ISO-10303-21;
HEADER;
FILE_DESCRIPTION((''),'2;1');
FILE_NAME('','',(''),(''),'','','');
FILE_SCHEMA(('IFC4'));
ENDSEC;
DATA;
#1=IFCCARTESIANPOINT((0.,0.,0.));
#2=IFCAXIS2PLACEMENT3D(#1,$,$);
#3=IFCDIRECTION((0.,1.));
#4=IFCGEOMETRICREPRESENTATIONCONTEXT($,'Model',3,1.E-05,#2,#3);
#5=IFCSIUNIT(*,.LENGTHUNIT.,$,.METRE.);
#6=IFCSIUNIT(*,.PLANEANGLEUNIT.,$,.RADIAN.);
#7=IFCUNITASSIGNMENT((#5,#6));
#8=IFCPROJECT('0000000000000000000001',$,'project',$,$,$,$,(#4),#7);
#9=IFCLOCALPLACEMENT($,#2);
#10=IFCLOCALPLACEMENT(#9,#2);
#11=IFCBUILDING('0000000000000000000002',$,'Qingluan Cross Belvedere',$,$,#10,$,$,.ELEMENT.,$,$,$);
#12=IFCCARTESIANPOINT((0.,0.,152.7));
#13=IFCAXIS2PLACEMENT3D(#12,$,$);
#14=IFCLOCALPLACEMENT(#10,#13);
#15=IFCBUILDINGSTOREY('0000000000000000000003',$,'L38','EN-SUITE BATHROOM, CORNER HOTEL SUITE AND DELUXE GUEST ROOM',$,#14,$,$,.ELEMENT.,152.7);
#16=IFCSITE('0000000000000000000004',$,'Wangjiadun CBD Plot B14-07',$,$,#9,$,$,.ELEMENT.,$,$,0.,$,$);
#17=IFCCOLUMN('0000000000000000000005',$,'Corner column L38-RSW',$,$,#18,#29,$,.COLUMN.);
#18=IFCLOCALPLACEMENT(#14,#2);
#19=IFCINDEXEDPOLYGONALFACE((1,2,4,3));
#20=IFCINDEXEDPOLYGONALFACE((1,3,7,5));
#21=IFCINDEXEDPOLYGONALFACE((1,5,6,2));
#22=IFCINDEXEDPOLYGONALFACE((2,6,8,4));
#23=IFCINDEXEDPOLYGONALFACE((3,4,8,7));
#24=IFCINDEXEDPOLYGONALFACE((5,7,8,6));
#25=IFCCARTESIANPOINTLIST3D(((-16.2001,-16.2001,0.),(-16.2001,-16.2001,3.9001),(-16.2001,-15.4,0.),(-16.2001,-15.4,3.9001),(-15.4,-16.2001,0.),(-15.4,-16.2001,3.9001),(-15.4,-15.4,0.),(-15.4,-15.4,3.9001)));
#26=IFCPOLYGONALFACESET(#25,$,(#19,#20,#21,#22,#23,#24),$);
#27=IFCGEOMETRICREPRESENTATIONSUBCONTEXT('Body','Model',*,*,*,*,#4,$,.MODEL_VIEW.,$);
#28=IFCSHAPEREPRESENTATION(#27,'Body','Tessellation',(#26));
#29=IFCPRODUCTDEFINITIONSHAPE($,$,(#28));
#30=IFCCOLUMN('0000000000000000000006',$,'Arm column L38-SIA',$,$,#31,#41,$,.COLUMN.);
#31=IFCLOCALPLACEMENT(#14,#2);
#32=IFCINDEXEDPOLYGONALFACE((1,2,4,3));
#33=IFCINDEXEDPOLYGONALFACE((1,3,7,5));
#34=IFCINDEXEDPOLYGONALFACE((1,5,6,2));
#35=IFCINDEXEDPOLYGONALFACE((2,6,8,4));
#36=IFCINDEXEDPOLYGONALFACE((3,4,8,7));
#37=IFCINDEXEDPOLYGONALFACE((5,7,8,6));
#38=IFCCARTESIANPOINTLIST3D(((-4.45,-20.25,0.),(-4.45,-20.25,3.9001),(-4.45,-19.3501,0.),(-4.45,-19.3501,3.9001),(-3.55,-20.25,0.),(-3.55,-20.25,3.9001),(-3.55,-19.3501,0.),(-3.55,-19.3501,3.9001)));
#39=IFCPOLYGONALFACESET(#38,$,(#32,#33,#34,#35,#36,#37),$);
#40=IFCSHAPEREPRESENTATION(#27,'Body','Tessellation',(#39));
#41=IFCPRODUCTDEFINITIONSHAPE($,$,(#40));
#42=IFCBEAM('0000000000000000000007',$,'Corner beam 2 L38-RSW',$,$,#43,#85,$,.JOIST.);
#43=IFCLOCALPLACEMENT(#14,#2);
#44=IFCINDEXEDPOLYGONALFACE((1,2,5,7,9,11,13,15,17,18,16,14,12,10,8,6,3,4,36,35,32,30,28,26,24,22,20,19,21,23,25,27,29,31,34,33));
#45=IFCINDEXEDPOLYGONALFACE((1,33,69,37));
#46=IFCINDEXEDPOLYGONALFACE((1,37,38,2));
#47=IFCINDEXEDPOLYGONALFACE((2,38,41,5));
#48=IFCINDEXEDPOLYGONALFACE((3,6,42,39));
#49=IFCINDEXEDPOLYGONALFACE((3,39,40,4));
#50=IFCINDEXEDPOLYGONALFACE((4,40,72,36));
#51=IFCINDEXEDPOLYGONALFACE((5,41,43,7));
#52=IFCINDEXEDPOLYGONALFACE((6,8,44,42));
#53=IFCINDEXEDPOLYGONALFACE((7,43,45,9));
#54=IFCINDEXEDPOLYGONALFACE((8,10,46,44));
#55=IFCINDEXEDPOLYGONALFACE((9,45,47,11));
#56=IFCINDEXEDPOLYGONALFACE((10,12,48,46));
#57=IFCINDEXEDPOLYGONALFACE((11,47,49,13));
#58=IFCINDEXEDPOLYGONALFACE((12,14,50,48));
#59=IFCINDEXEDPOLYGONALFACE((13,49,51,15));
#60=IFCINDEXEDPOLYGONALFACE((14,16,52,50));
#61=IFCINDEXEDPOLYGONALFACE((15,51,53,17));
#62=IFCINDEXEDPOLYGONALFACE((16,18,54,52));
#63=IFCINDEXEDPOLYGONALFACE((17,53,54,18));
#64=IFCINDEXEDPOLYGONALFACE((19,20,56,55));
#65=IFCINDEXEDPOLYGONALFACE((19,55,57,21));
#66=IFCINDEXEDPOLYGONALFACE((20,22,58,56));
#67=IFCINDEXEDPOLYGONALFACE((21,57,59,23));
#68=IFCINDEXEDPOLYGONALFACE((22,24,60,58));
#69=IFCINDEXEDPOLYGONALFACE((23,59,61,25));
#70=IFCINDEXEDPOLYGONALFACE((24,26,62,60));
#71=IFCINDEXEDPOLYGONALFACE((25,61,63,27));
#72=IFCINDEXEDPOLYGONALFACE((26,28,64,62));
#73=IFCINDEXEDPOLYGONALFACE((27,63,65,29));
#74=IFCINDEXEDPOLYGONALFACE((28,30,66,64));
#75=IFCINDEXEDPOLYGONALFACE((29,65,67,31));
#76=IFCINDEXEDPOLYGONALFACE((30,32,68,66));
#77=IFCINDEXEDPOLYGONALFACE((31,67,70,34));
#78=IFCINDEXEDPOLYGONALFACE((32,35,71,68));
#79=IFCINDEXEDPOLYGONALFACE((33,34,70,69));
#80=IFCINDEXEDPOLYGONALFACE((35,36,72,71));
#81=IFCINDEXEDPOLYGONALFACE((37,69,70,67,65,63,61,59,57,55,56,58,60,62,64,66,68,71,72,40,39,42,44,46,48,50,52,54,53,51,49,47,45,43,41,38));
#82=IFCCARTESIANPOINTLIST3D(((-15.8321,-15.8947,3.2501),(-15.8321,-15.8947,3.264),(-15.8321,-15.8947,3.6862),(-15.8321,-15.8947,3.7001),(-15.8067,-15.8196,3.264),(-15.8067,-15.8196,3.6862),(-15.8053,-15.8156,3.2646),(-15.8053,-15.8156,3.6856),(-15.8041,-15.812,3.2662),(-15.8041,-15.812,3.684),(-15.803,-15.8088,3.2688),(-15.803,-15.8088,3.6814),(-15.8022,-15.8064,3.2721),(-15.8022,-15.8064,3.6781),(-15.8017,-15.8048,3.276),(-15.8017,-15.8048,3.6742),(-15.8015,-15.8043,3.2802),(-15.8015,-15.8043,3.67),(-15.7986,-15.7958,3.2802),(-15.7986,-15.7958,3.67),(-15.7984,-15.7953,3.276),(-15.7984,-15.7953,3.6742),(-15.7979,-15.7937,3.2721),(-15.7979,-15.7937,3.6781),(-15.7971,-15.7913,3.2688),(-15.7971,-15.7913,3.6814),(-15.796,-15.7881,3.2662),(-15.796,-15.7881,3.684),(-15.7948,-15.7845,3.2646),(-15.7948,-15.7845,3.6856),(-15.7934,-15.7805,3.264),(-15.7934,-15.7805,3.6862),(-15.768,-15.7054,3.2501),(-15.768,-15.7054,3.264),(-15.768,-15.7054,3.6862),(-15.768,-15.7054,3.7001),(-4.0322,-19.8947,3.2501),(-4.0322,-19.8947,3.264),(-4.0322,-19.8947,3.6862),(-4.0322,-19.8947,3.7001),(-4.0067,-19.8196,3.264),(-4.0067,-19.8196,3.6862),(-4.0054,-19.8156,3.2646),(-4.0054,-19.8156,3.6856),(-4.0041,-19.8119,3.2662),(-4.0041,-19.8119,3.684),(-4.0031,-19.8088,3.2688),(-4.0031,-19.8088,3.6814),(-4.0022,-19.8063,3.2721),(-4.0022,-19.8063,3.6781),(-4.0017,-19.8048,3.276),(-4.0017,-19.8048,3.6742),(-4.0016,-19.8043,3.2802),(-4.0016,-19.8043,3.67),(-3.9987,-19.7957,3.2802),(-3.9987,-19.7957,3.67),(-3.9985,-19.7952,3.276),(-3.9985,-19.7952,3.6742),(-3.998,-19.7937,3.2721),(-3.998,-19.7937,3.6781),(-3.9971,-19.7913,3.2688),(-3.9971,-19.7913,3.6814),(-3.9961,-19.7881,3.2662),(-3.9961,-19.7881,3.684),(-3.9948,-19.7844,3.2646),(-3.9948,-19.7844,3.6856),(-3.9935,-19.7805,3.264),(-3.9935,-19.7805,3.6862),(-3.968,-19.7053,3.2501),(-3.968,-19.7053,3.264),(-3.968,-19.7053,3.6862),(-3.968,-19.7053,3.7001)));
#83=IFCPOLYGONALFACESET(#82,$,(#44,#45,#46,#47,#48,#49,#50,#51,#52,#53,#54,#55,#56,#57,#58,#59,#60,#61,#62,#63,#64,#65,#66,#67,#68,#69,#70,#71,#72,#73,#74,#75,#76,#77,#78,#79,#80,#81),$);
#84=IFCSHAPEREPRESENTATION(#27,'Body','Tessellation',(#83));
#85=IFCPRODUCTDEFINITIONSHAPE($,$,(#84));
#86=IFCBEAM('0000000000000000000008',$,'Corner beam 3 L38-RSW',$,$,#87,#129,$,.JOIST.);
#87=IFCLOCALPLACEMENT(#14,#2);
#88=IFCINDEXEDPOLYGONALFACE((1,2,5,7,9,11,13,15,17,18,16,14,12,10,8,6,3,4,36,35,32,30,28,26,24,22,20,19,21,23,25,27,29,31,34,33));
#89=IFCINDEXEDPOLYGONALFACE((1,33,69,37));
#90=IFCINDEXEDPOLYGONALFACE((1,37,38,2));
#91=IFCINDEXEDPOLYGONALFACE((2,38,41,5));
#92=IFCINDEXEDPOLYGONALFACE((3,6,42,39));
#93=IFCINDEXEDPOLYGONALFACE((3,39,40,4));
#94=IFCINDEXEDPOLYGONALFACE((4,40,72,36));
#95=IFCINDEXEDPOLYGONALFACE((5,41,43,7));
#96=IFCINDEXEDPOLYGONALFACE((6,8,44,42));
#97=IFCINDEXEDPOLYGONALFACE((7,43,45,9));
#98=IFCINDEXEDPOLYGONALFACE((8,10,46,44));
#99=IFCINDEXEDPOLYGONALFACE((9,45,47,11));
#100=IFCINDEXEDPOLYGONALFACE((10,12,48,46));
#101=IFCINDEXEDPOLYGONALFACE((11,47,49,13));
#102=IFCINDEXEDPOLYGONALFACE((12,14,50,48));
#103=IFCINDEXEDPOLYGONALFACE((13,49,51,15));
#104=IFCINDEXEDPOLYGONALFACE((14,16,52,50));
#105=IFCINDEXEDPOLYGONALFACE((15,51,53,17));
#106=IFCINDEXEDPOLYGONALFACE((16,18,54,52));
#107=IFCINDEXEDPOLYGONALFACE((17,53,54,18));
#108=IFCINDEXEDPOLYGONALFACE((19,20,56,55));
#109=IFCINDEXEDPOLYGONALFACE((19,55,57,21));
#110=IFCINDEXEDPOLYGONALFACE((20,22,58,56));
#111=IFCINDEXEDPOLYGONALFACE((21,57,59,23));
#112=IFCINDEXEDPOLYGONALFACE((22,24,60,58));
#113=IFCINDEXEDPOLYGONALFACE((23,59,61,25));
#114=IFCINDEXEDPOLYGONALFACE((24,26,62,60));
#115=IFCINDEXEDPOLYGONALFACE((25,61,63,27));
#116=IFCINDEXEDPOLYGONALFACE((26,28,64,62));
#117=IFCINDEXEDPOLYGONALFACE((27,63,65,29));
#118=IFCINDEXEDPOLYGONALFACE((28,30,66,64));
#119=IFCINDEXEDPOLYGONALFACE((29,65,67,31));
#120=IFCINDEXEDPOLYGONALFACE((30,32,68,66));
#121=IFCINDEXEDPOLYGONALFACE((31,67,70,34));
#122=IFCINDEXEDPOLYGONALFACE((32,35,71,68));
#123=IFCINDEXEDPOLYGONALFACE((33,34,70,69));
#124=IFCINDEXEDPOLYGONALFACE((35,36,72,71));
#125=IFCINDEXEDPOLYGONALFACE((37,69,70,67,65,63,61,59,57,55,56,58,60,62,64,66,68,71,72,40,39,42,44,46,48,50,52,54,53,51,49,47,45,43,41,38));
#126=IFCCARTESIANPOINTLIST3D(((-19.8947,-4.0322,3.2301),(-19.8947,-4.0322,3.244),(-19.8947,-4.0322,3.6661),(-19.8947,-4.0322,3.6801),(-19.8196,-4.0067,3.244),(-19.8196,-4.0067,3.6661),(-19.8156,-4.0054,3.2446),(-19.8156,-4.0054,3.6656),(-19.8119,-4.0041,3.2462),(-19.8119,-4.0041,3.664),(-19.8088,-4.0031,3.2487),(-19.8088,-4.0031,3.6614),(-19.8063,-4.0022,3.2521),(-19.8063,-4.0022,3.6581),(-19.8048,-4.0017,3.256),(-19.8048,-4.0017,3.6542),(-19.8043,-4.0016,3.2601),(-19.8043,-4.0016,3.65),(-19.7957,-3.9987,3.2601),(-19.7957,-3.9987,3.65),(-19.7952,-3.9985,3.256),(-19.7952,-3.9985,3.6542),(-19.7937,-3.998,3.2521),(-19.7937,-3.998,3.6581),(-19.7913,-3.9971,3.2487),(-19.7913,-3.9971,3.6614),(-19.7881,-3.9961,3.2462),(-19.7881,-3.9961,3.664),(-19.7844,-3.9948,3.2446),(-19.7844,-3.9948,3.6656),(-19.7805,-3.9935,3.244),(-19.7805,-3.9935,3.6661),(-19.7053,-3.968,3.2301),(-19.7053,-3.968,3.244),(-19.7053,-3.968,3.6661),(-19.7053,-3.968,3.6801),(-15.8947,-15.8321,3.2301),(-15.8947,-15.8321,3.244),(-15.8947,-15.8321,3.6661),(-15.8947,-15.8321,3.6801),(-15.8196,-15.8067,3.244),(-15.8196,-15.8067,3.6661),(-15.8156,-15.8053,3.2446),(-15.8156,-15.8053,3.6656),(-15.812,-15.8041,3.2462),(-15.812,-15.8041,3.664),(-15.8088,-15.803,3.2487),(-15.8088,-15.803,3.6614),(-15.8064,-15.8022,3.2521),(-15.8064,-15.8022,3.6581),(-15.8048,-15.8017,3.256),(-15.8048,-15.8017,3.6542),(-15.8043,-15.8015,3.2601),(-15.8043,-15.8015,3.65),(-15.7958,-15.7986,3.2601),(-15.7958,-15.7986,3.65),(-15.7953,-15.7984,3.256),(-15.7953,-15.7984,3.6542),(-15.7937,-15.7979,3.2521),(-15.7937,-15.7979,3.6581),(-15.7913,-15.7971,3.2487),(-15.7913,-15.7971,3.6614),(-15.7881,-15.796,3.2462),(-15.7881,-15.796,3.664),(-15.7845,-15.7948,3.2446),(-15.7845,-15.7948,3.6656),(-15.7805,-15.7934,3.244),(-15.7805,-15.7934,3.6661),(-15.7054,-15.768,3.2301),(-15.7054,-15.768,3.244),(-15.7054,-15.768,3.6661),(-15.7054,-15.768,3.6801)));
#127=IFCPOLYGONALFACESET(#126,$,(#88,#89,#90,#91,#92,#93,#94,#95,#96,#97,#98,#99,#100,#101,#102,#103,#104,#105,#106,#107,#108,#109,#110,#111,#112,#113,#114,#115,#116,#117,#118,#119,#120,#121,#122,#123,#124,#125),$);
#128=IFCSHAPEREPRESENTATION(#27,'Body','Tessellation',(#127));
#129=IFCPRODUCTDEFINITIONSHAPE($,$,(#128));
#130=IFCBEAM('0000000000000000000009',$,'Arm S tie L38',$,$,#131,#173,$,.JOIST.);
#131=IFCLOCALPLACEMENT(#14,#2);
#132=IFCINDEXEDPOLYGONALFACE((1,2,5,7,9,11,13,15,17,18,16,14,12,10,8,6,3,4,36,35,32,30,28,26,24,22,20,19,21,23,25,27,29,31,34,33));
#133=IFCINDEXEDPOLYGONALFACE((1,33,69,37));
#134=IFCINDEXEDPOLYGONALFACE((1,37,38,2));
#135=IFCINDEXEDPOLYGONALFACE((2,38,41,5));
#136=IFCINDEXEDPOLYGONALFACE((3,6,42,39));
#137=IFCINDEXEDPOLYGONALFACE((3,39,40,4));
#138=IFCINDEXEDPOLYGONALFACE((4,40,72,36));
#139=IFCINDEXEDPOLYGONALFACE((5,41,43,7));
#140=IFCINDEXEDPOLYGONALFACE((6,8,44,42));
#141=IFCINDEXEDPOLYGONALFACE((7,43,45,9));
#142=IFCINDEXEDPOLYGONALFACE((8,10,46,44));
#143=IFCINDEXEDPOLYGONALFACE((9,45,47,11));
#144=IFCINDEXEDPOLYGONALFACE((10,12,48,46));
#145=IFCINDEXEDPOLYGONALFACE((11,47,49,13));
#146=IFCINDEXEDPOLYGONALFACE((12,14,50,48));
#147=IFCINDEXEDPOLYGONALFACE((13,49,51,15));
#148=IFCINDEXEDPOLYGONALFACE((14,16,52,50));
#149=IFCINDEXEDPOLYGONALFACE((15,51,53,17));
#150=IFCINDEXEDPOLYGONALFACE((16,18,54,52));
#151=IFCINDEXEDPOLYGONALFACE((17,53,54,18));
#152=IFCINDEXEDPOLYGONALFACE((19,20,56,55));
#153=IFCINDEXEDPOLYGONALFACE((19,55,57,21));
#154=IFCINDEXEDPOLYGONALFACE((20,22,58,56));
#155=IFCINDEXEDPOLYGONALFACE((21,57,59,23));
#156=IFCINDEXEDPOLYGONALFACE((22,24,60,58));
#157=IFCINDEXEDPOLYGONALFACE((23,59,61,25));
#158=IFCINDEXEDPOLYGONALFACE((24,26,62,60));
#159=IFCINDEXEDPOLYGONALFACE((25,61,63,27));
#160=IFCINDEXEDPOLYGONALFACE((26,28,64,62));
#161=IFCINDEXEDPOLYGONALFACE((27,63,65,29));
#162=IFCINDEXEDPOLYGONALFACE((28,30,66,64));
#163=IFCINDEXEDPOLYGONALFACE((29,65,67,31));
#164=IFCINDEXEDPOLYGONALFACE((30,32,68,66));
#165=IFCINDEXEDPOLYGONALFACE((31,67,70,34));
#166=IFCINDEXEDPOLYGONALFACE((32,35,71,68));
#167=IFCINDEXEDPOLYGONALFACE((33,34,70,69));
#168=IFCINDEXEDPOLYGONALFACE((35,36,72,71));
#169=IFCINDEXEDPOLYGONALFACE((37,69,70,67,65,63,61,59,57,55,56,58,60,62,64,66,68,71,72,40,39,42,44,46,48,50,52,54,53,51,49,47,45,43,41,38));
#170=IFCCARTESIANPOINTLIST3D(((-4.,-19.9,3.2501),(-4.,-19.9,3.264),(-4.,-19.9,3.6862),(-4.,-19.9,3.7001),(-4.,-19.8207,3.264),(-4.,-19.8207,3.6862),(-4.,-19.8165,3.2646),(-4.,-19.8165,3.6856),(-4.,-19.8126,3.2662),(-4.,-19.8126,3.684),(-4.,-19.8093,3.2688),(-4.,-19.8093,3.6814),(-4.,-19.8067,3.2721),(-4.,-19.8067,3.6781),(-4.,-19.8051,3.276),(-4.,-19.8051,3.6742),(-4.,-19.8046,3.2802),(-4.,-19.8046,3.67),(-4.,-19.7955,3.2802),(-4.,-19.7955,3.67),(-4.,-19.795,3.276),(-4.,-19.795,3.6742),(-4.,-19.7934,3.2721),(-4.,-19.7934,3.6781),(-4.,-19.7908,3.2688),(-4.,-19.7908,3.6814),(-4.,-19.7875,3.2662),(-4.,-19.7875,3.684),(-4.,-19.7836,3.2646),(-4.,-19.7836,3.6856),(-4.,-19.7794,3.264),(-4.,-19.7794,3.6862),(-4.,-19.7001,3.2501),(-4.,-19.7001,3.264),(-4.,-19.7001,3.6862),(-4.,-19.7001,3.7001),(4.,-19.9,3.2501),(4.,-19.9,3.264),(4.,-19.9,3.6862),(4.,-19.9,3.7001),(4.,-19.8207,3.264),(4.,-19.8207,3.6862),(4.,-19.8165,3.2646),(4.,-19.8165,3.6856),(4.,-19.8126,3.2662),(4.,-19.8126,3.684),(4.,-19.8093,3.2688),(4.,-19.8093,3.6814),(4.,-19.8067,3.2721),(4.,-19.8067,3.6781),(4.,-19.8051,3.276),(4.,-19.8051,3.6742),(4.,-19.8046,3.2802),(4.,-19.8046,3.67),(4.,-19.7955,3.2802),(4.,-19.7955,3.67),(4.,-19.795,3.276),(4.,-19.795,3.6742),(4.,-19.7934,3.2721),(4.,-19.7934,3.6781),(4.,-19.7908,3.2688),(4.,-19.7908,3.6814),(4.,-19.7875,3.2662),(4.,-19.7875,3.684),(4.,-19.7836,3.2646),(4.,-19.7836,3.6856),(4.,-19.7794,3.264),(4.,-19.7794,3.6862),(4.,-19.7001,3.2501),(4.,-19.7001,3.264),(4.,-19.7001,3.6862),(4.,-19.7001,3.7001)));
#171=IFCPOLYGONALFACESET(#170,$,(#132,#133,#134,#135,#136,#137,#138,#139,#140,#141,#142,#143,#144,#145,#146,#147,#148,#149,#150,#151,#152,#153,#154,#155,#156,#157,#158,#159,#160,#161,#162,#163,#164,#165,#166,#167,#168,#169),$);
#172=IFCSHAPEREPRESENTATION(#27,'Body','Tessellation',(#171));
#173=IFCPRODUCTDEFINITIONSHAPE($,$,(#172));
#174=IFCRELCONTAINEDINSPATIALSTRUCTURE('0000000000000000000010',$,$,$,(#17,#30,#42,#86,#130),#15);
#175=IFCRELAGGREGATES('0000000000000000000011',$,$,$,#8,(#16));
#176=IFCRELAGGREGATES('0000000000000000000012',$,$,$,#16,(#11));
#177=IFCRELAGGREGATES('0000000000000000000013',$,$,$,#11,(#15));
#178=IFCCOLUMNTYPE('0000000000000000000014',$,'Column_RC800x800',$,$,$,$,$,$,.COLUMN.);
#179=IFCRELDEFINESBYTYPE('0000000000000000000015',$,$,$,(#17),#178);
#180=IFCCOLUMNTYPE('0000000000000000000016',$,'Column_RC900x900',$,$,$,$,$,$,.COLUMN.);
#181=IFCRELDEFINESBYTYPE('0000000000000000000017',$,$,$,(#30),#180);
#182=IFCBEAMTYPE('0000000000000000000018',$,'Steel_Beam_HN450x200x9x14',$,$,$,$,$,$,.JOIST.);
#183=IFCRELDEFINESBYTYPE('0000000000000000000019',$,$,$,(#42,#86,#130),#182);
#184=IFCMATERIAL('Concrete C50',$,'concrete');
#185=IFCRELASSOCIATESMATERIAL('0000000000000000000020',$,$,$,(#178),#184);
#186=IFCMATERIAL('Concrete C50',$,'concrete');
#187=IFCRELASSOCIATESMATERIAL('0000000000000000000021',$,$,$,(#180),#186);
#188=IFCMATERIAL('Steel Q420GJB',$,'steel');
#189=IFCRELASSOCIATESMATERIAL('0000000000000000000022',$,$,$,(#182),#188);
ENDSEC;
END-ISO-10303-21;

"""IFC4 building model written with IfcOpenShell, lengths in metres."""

from ifc_helpers import new_model, si_unit, direction, frame, origin, origin_2d, place, context, subcontext, project, spatial, rectangle, i_section, extrude, material, material_profile, profile_set, type_object, element, save


model = new_model("IFC4")

# Units and contexts
model_context = context("Model", 3, precision=1e-05, world=origin(), true_north=direction((0.0, 1.0)))
body_context = subcontext(model_context, "Body", "Model", "MODEL_VIEW")
ifc_project = project(units=[si_unit("LENGTHUNIT", "METRE"), si_unit("PLANEANGLEUNIT", "RADIAN")], contexts=[model_context])

# Site, building, storey
site_placement = place(None, origin())
site = spatial("IfcSite", under=ifc_project, at=site_placement, Name="Wangjiadun CBD Plot B14-07", CompositionType="ELEMENT", RefElevation=0.0)
building_placement = place(site_placement, origin())
building = spatial("IfcBuilding", under=site, at=building_placement, Name="Qingluan Cross Belvedere", CompositionType="ELEMENT")
storey_placement = place(building_placement, frame((0.0, 0.0, 152.7)))
storey = spatial("IfcBuildingStorey", under=building, at=storey_placement, Name="L38", Description="EN-SUITE BATHROOM, CORNER HOTEL SUITE AND DELUXE GUEST ROOM", CompositionType="ELEMENT", Elevation=152.7)

# Columns
ifc_material_1 = material(Name="Concrete C50", Category="concrete")
ifc_material_profile_1 = material_profile(ifc_material_1, rectangle(XDim=0.8, YDim=0.8, at=origin_2d()), Name="RC800x800")
ifc_profile_set_1 = profile_set([ifc_material_profile_1], Name="Concrete C50")
column_type_1 = type_object("IfcColumnType", Name="Column_RC800x800", PredefinedType="COLUMN", material=ifc_profile_set_1)
column_1_placement = place(storey_placement, frame((-15.8, -15.8, 0.0), z_axis=(0.0, 0.0, 1.0), x_axis=(1.0, 0.0, 0.0)))
element("IfcColumn", 1, at=column_1_placement, inside=storey, type_object=column_type_1, Name="Corner column L38-RSW", PredefinedType="COLUMN", context=body_context, shape_type="SweptSolid", body=[
    extrude(rectangle(XDim=0.8, YDim=0.8, at=origin_2d()), origin(), (0.0, 0.0, 1.0), 3.9001),
])
ifc_material_2 = material(Name="Concrete C50", Category="concrete")
ifc_material_profile_2 = material_profile(ifc_material_2, rectangle(XDim=0.8999, YDim=0.8999, at=origin_2d()), Name="RC900x900")
ifc_profile_set_2 = profile_set([ifc_material_profile_2], Name="Concrete C50")
column_type_2 = type_object("IfcColumnType", Name="Column_RC900x900", PredefinedType="COLUMN", material=ifc_profile_set_2)
column_2_placement = place(storey_placement, frame((-4.0, -19.8, 0.0), z_axis=(0.0, 0.0, 1.0), x_axis=(1.0, 0.0, 0.0)))
element("IfcColumn", 2, at=column_2_placement, inside=storey, type_object=column_type_2, Name="Arm column L38-SIA", PredefinedType="COLUMN", context=body_context, shape_type="SweptSolid", body=[
    extrude(rectangle(XDim=0.8999, YDim=0.8999, at=origin_2d()), origin(), (0.0, 0.0, 1.0), 3.9001),
])

# Beams
ifc_material_3 = material(Name="Steel Q420GJB", Category="steel")
ifc_material_profile_3 = material_profile(ifc_material_3, i_section(OverallWidth=0.2, OverallDepth=0.45, WebThickness=0.009, FlangeThickness=0.0139, FilletRadius=0.0161, at=origin_2d()), Name="HN450x200x9x14")
ifc_profile_set_3 = profile_set([ifc_material_profile_3], Name="Steel Q420GJB")
beam_type_1 = type_object("IfcBeamType", Name="Steel_Beam_HN450x200x9x14", PredefinedType="JOIST", material=ifc_profile_set_3)
for number, where, z_axis, x_axis, name in (
    (3, (-15.8, -15.8, 3.4751), (0.947066, -0.321038, 0.0), (0.321038, 0.947066, 0.0), "Corner beam 2 L38-RSW"),
    (4, (-15.8, -15.8, 3.4551), (-0.321038, 0.947066, 0.0), (-0.947066, -0.321038, 0.0), "Corner beam 3 L38-RSW"),
):
    element("IfcBeam", number, at=place(storey_placement, frame(where, z_axis=z_axis, x_axis=x_axis)), inside=storey, type_object=beam_type_1, Name=name, PredefinedType="JOIST", context=body_context, shape_type="SweptSolid", body=[
        extrude(i_section(OverallWidth=0.2, OverallDepth=0.45, WebThickness=0.009, FlangeThickness=0.0139, FilletRadius=0.0161, at=origin_2d()), origin(), (0.0, 0.0, 1.0), 12.4595),
    ])
for number, where, z_axis, x_axis, name in (
    (5, (-4.0, -19.8, 3.4751), (1.0, 0.0, 0.0), (0.0, 1.0, 0.0), "Arm S tie L38"),
):
    element("IfcBeam", number, at=place(storey_placement, frame(where, z_axis=z_axis, x_axis=x_axis)), inside=storey, type_object=beam_type_1, Name=name, PredefinedType="JOIST", context=body_context, shape_type="SweptSolid", body=[
        extrude(i_section(OverallWidth=0.2, OverallDepth=0.45, WebThickness=0.009, FlangeThickness=0.0139, FilletRadius=0.0161, at=origin_2d()), origin(), (0.0, 0.0, 1.0), 8.0),
    ])

save(model, "model.ifc")
